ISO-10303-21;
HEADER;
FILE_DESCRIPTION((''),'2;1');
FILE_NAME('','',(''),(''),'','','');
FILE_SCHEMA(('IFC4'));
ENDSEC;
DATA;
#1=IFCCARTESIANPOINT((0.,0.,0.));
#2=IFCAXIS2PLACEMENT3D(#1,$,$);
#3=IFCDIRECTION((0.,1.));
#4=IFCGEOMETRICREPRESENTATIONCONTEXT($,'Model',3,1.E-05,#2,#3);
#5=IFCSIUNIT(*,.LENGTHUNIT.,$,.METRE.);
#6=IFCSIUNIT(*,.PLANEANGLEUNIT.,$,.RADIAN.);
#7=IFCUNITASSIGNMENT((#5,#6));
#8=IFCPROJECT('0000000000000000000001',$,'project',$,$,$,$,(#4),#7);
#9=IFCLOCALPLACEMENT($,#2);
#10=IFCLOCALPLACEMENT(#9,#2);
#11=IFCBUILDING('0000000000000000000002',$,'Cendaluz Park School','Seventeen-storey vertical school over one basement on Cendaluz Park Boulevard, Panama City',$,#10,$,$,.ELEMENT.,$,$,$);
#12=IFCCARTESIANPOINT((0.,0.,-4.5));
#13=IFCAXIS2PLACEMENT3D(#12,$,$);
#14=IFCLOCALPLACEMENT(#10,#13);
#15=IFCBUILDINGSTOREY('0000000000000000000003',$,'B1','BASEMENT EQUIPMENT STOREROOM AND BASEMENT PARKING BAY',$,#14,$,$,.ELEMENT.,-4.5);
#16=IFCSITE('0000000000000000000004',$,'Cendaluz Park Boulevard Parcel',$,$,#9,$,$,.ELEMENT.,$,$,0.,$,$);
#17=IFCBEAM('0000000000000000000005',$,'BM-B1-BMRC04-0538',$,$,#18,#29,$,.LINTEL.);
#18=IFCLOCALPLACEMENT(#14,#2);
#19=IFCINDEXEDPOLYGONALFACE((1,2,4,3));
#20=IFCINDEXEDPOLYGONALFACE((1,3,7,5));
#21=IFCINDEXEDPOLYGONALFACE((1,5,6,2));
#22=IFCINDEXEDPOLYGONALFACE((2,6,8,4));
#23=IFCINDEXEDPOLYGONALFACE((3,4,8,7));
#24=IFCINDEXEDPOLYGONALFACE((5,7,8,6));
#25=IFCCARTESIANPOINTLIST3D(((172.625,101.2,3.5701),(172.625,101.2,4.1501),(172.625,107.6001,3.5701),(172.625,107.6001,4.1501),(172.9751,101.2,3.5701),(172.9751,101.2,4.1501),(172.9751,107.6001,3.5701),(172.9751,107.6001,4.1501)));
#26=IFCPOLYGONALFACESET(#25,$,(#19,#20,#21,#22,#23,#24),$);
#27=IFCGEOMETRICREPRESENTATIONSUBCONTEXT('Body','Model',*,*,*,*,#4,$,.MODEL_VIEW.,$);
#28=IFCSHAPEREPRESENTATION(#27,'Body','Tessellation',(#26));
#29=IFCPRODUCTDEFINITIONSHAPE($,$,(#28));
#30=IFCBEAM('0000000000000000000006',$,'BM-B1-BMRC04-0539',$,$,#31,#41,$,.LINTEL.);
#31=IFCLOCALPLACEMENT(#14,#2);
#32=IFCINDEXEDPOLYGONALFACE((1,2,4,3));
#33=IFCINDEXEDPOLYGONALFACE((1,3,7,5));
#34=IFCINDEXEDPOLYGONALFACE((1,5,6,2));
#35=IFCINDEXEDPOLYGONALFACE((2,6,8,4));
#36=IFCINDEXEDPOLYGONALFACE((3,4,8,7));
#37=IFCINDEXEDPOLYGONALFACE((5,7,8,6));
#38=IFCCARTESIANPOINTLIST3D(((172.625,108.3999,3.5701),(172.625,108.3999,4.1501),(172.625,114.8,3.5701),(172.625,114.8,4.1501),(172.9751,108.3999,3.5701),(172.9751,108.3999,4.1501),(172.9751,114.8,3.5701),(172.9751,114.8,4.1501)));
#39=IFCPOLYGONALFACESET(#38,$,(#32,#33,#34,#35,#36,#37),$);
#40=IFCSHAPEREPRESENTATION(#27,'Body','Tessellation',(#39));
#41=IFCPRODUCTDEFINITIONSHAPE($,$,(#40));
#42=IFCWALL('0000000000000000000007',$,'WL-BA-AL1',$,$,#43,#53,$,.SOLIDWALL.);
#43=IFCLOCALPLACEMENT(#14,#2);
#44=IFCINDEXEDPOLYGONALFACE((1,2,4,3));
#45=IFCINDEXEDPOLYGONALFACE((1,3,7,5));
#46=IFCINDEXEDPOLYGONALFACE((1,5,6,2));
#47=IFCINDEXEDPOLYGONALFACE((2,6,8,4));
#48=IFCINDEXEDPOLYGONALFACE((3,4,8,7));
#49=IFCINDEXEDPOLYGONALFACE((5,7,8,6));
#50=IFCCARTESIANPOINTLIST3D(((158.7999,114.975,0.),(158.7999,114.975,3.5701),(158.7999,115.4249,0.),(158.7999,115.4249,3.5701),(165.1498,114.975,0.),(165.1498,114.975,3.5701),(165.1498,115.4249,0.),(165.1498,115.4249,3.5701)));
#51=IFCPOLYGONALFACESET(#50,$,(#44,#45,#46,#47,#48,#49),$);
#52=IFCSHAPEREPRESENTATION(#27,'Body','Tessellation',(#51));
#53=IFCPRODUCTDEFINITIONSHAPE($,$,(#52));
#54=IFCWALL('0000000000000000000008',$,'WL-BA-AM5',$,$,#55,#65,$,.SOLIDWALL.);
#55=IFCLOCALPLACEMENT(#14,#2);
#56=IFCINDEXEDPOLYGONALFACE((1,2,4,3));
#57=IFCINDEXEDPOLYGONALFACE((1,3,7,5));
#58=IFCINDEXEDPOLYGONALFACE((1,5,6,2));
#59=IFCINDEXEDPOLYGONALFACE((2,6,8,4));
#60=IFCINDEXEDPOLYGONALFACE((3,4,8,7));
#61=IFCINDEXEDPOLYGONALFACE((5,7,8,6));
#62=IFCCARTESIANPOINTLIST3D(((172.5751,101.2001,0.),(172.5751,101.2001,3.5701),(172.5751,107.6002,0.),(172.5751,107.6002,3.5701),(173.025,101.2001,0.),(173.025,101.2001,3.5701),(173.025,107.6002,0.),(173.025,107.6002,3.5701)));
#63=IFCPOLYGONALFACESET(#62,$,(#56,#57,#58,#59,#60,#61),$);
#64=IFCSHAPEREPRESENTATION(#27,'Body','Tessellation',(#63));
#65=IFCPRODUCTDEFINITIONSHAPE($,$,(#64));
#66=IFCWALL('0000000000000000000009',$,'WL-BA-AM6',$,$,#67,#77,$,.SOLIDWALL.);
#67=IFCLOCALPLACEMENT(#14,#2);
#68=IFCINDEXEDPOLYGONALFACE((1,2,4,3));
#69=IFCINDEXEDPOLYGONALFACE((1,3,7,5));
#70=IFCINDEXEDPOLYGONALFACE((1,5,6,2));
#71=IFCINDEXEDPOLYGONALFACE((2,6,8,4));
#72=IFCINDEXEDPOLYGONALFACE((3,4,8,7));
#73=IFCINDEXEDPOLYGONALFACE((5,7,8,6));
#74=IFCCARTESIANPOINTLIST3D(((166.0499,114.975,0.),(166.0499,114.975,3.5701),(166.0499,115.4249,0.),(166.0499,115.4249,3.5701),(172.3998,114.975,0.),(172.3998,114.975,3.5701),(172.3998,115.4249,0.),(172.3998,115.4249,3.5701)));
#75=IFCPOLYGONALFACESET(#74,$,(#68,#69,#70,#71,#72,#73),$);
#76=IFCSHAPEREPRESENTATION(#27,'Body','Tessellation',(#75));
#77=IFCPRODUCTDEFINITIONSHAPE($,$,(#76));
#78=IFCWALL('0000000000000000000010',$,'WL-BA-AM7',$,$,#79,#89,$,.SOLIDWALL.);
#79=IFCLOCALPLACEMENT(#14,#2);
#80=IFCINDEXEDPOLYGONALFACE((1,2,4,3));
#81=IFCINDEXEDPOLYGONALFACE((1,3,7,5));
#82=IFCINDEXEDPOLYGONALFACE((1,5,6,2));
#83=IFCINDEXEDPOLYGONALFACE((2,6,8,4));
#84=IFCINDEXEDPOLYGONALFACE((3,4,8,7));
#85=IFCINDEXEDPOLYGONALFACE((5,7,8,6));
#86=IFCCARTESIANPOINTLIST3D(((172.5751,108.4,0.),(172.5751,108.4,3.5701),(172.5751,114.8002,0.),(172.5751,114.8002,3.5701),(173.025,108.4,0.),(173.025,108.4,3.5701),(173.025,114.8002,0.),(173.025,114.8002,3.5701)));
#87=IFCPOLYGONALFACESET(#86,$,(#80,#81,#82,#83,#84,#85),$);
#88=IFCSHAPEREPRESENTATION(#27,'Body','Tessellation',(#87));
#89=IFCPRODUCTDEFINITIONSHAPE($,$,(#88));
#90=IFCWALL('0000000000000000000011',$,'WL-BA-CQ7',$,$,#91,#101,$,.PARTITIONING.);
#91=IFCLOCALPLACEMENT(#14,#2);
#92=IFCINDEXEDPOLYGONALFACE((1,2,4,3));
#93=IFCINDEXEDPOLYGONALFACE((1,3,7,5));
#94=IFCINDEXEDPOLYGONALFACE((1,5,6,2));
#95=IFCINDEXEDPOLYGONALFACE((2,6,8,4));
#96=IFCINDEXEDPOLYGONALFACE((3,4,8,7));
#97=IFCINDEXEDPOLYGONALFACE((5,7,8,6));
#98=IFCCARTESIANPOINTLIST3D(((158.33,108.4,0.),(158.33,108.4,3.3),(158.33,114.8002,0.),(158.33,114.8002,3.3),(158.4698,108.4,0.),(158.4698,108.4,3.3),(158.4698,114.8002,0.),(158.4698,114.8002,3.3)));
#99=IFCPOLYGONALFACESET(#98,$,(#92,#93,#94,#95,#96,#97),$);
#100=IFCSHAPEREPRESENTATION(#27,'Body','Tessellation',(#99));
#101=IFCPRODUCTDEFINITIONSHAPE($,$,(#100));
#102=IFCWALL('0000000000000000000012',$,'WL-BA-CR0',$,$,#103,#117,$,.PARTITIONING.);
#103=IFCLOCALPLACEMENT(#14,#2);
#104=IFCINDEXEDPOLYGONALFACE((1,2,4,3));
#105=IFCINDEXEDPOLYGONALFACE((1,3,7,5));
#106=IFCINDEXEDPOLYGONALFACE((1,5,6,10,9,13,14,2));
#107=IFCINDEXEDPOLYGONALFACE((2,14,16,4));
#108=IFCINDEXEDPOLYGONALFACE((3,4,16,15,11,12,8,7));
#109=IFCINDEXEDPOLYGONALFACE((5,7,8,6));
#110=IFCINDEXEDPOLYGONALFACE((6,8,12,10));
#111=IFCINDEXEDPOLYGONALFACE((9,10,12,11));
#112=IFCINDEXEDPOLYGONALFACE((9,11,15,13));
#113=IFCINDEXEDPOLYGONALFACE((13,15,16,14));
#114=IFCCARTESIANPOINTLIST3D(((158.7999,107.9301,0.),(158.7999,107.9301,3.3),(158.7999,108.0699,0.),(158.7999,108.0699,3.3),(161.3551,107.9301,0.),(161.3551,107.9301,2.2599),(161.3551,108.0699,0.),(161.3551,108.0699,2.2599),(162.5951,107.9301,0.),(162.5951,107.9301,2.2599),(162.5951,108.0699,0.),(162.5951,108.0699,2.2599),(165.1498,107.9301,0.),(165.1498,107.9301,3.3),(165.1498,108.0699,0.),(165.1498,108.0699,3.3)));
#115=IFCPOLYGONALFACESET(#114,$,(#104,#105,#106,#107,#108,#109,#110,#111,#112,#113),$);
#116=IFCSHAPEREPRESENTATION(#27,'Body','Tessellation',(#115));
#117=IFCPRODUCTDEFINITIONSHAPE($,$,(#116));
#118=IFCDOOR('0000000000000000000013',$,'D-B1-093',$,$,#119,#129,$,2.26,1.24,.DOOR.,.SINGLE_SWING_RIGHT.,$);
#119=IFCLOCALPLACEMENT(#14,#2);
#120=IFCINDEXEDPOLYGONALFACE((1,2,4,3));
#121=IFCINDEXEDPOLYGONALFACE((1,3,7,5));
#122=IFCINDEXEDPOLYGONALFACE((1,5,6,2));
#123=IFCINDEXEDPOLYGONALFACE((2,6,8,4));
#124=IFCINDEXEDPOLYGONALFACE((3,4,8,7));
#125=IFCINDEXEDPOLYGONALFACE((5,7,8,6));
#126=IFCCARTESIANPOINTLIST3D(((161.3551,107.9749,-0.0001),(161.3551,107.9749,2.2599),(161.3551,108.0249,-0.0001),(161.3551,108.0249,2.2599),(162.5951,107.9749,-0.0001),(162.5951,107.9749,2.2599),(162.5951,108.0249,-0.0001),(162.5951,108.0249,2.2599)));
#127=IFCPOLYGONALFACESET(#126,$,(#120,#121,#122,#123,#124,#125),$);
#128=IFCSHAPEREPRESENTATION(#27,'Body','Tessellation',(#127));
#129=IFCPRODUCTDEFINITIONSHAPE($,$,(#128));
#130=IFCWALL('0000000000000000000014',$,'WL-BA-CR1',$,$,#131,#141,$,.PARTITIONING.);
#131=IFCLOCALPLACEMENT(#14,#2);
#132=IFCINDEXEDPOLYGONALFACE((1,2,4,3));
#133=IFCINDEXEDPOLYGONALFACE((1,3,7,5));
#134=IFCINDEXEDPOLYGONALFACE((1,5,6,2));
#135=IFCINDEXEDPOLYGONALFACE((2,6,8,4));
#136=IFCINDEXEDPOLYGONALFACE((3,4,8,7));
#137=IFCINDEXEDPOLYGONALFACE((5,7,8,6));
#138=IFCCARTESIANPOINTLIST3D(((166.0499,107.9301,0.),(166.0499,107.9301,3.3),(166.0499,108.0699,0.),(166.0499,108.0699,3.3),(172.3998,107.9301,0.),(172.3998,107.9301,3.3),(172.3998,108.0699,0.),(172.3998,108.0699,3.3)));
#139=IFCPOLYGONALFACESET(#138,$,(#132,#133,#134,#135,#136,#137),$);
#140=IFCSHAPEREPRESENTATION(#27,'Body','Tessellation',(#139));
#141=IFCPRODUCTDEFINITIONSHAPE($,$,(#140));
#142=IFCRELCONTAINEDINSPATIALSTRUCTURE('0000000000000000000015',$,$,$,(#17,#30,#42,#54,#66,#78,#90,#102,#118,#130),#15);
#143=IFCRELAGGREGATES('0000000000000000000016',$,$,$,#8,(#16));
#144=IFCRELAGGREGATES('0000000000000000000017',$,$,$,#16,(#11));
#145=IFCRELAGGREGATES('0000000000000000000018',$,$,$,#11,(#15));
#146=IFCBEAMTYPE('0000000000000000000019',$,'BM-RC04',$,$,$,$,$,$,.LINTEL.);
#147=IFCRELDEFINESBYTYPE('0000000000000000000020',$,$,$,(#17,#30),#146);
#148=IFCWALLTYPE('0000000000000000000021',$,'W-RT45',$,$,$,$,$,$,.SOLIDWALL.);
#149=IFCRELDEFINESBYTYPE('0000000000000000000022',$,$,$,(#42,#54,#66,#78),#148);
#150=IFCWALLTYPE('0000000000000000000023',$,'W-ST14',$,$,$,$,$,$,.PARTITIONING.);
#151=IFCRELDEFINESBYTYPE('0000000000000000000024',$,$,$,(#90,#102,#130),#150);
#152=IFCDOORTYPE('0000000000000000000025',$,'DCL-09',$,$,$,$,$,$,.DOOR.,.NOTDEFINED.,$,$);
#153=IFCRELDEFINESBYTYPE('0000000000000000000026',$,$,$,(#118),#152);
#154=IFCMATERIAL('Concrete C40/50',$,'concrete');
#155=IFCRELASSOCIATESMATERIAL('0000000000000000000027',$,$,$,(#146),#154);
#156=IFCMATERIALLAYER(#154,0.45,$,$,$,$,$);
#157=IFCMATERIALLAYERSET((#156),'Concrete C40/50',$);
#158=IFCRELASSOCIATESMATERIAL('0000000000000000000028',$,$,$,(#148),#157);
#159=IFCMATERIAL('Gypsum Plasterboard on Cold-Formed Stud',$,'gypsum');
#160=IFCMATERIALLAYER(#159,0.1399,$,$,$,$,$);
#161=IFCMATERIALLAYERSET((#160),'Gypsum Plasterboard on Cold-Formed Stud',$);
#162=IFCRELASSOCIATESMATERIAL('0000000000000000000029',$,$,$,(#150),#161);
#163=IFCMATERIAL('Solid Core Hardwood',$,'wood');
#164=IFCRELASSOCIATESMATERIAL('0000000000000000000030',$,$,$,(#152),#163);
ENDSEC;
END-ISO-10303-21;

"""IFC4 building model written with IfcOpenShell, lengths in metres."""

from ifc_helpers import new_model, si_unit, direction, frame, frame_2d, origin, origin_2d, place, context, subcontext, project, spatial, rectangle, extrude, material, layer, layer_set, material_profile, profile_set, type_object, element, fill, save


model = new_model("IFC4")

# Units and contexts
model_context = context("Model", 3, precision=1e-05, world=origin(), true_north=direction((0.0, 1.0)))
body_context = subcontext(model_context, "Body", "Model", "MODEL_VIEW")
ifc_project = project(units=[si_unit("LENGTHUNIT", "METRE"), si_unit("PLANEANGLEUNIT", "RADIAN")], contexts=[model_context])

# Site, building, storey
site_placement = place(None, origin())
site = spatial("IfcSite", under=ifc_project, at=site_placement, Name="Cendaluz Park Boulevard Parcel", CompositionType="ELEMENT", RefElevation=0.0)
building_placement = place(site_placement, origin())
building = spatial("IfcBuilding", under=site, at=building_placement, Name="Cendaluz Park School", Description="Seventeen-storey vertical school over one basement on Cendaluz Park Boulevard, Panama City", CompositionType="ELEMENT")
storey_placement = place(building_placement, frame((0.0, 0.0, -4.5)))
storey = spatial("IfcBuildingStorey", under=building, at=storey_placement, Name="B1", Description="BASEMENT EQUIPMENT STOREROOM AND BASEMENT PARKING BAY", CompositionType="ELEMENT", Elevation=-4.5)

# Shared definitions
ifc_material_1 = material(Name="Concrete C40/50", Category="concrete")

# Beams
ifc_material_profile_1 = material_profile(ifc_material_1, rectangle(XDim=0.3501, YDim=0.5801, at=origin_2d()), Name="RC 350x580", Category="concrete")
ifc_profile_set_1 = profile_set([ifc_material_profile_1], Name="Concrete C40/50")
beam_type_1 = type_object("IfcBeamType", Name="BM-RC04", PredefinedType="LINTEL", material=ifc_profile_set_1)
for number, where, z_axis, x_axis, name in (
    (1, (172.8, 101.2, 3.8601), (0.0, 1.0, 0.0), (-1.0, 0.0, 0.0), "BM-B1-BMRC04-0538"),
    (2, (172.8, 108.3999, 3.8601), (0.0, 1.0, 0.0), (-1.0, 0.0, 0.0), "BM-B1-BMRC04-0539"),
):
    element("IfcBeam", number, at=place(storey_placement, frame(where, z_axis=z_axis, x_axis=x_axis)), inside=storey, type_object=beam_type_1, Name=name, PredefinedType="LINTEL", context=body_context, shape_type="SweptSolid", body=[
        extrude(rectangle(XDim=0.3501, YDim=0.5801, at=origin_2d()), origin(), (0.0, 0.0, 1.0), 6.4001),
    ])

# Walls
ifc_layer_1 = layer(ifc_material_1, 0.45)
ifc_layer_set_1 = layer_set([ifc_layer_1], Name="Concrete C40/50")
wall_type_1 = type_object("IfcWallType", Name="W-RT45", PredefinedType="SOLIDWALL", material=ifc_layer_set_1)
wall_1_placement = place(storey_placement, frame((158.8, 115.2, 0.0), z_axis=(0.0, 0.0, 1.0), x_axis=(1.0, 0.0, 0.0)))
element("IfcWall", 3, at=wall_1_placement, inside=storey, type_object=wall_type_1, Name="WL-BA-AL1", PredefinedType="SOLIDWALL", context=body_context, shape_type="SweptSolid", body=[
    extrude(rectangle(XDim=6.3499, YDim=0.45, at=frame_2d((3.1748, 0.0))), origin(), (0.0, 0.0, 1.0), 3.5701),
])
wall_2_placement = place(storey_placement, frame((172.8, 101.2, 0.0), z_axis=(0.0, 0.0, 1.0), x_axis=(0.0, 1.0, 0.0)))
element("IfcWall", 4, at=wall_2_placement, inside=storey, type_object=wall_type_1, Name="WL-BA-AM5", PredefinedType="SOLIDWALL", context=body_context, shape_type="SweptSolid", body=[
    extrude(rectangle(XDim=6.4001, YDim=0.45, at=frame_2d((3.2002, 0.0))), origin(), (0.0, 0.0, 1.0), 3.5701),
])
wall_3_placement = place(storey_placement, frame((166.05, 115.2, 0.0), z_axis=(0.0, 0.0, 1.0), x_axis=(1.0, 0.0, 0.0)))
element("IfcWall", 5, at=wall_3_placement, inside=storey, type_object=wall_type_1, Name="WL-BA-AM6", PredefinedType="SOLIDWALL", context=body_context, shape_type="SweptSolid", body=[
    extrude(rectangle(XDim=6.3499, YDim=0.45, at=frame_2d((3.1748, 0.0))), origin(), (0.0, 0.0, 1.0), 3.5701),
])
wall_4_placement = place(storey_placement, frame((172.8, 108.3999, 0.0), z_axis=(0.0, 0.0, 1.0), x_axis=(0.0, 1.0, 0.0)))
element("IfcWall", 6, at=wall_4_placement, inside=storey, type_object=wall_type_1, Name="WL-BA-AM7", PredefinedType="SOLIDWALL", context=body_context, shape_type="SweptSolid", body=[
    extrude(rectangle(XDim=6.4001, YDim=0.45, at=frame_2d((3.2002, 0.0))), origin(), (0.0, 0.0, 1.0), 3.5701),
])
ifc_material_2 = material(Name="Gypsum Plasterboard on Cold-Formed Stud", Category="gypsum")
ifc_layer_2 = layer(ifc_material_2, 0.1399)
ifc_layer_set_2 = layer_set([ifc_layer_2], Name="Gypsum Plasterboard on Cold-Formed Stud")
wall_type_2 = type_object("IfcWallType", Name="W-ST14", PredefinedType="PARTITIONING", material=ifc_layer_set_2)
wall_5_placement = place(storey_placement, frame((158.3999, 108.3999, 0.0), z_axis=(0.0, 0.0, 1.0), x_axis=(0.0, 1.0, 0.0)))
element("IfcWall", 7, at=wall_5_placement, inside=storey, type_object=wall_type_2, Name="WL-BA-CQ7", PredefinedType="PARTITIONING", context=body_context, shape_type="SweptSolid", body=[
    extrude(rectangle(XDim=6.4001, YDim=0.1399, at=frame_2d((3.2002, 0.0))), origin(), (0.0, 0.0, 1.0), 3.3),
])

# Wall, opening, door
wall_6_placement = place(storey_placement, frame((158.8, 108.0, 0.0), z_axis=(0.0, 0.0, 1.0), x_axis=(1.0, 0.0, 0.0)))
wall_6 = element("IfcWall", 8, at=wall_6_placement, inside=storey, type_object=wall_type_2, Name="WL-BA-CR0", PredefinedType="PARTITIONING", context=body_context, shape_type="SweptSolid", body=[
    extrude(rectangle(XDim=6.3499, YDim=0.1399, at=frame_2d((3.1748, 0.0))), origin(), (0.0, 0.0, 1.0), 3.3),
])
opening_placement = place(wall_6_placement, frame((2.5549, 0.0, 0.0)))
opening = element("IfcOpeningElement", 9, at=opening_placement, cuts=wall_6, PredefinedType="OPENING", context=body_context, shape_type="SweptSolid", body=[
    extrude(rectangle(XDim=1.24, YDim=2.26, at=frame_2d((0.6201, 1.1299))), frame((0.0, 0.082, 0.0), z_axis=(0.0, -1.0, 0.0), x_axis=(1.0, 0.0, 0.0)), (0.0, 0.0, 1.0), 0.1638),
])
ifc_material_3 = material(Name="Solid Core Hardwood", Category="wood")
door_type = type_object("IfcDoorType", Name="DCL-09", OperationType="NOTDEFINED", PredefinedType="DOOR", material=ifc_material_3)
door_placement = place(opening_placement, origin())
door = element("IfcDoor", 10, at=door_placement, inside=storey, type_object=door_type, Name="D-B1-093", OperationType="SINGLE_SWING_RIGHT", OverallHeight=2.26, OverallWidth=1.24, PredefinedType="DOOR", context=body_context, shape_type="SweptSolid", body=[
    extrude(rectangle(XDim=1.24, YDim=2.26, at=frame_2d((0.6201, 1.1299))), frame((0.0, 0.0249, 0.0), z_axis=(0.0, -1.0, 0.0), x_axis=(1.0, 0.0, 0.0)), (0.0, 0.0, 1.0), 0.05),
])
fill(opening, door)

# Wall
wall_7_placement = place(storey_placement, frame((166.05, 108.0, 0.0), z_axis=(0.0, 0.0, 1.0), x_axis=(1.0, 0.0, 0.0)))
element("IfcWall", 11, at=wall_7_placement, inside=storey, type_object=wall_type_2, Name="WL-BA-CR1", PredefinedType="PARTITIONING", context=body_context, shape_type="SweptSolid", body=[
    extrude(rectangle(XDim=6.3499, YDim=0.1399, at=frame_2d((3.1748, 0.0))), origin(), (0.0, 0.0, 1.0), 3.3),
])

save(model, "model.ifc")
